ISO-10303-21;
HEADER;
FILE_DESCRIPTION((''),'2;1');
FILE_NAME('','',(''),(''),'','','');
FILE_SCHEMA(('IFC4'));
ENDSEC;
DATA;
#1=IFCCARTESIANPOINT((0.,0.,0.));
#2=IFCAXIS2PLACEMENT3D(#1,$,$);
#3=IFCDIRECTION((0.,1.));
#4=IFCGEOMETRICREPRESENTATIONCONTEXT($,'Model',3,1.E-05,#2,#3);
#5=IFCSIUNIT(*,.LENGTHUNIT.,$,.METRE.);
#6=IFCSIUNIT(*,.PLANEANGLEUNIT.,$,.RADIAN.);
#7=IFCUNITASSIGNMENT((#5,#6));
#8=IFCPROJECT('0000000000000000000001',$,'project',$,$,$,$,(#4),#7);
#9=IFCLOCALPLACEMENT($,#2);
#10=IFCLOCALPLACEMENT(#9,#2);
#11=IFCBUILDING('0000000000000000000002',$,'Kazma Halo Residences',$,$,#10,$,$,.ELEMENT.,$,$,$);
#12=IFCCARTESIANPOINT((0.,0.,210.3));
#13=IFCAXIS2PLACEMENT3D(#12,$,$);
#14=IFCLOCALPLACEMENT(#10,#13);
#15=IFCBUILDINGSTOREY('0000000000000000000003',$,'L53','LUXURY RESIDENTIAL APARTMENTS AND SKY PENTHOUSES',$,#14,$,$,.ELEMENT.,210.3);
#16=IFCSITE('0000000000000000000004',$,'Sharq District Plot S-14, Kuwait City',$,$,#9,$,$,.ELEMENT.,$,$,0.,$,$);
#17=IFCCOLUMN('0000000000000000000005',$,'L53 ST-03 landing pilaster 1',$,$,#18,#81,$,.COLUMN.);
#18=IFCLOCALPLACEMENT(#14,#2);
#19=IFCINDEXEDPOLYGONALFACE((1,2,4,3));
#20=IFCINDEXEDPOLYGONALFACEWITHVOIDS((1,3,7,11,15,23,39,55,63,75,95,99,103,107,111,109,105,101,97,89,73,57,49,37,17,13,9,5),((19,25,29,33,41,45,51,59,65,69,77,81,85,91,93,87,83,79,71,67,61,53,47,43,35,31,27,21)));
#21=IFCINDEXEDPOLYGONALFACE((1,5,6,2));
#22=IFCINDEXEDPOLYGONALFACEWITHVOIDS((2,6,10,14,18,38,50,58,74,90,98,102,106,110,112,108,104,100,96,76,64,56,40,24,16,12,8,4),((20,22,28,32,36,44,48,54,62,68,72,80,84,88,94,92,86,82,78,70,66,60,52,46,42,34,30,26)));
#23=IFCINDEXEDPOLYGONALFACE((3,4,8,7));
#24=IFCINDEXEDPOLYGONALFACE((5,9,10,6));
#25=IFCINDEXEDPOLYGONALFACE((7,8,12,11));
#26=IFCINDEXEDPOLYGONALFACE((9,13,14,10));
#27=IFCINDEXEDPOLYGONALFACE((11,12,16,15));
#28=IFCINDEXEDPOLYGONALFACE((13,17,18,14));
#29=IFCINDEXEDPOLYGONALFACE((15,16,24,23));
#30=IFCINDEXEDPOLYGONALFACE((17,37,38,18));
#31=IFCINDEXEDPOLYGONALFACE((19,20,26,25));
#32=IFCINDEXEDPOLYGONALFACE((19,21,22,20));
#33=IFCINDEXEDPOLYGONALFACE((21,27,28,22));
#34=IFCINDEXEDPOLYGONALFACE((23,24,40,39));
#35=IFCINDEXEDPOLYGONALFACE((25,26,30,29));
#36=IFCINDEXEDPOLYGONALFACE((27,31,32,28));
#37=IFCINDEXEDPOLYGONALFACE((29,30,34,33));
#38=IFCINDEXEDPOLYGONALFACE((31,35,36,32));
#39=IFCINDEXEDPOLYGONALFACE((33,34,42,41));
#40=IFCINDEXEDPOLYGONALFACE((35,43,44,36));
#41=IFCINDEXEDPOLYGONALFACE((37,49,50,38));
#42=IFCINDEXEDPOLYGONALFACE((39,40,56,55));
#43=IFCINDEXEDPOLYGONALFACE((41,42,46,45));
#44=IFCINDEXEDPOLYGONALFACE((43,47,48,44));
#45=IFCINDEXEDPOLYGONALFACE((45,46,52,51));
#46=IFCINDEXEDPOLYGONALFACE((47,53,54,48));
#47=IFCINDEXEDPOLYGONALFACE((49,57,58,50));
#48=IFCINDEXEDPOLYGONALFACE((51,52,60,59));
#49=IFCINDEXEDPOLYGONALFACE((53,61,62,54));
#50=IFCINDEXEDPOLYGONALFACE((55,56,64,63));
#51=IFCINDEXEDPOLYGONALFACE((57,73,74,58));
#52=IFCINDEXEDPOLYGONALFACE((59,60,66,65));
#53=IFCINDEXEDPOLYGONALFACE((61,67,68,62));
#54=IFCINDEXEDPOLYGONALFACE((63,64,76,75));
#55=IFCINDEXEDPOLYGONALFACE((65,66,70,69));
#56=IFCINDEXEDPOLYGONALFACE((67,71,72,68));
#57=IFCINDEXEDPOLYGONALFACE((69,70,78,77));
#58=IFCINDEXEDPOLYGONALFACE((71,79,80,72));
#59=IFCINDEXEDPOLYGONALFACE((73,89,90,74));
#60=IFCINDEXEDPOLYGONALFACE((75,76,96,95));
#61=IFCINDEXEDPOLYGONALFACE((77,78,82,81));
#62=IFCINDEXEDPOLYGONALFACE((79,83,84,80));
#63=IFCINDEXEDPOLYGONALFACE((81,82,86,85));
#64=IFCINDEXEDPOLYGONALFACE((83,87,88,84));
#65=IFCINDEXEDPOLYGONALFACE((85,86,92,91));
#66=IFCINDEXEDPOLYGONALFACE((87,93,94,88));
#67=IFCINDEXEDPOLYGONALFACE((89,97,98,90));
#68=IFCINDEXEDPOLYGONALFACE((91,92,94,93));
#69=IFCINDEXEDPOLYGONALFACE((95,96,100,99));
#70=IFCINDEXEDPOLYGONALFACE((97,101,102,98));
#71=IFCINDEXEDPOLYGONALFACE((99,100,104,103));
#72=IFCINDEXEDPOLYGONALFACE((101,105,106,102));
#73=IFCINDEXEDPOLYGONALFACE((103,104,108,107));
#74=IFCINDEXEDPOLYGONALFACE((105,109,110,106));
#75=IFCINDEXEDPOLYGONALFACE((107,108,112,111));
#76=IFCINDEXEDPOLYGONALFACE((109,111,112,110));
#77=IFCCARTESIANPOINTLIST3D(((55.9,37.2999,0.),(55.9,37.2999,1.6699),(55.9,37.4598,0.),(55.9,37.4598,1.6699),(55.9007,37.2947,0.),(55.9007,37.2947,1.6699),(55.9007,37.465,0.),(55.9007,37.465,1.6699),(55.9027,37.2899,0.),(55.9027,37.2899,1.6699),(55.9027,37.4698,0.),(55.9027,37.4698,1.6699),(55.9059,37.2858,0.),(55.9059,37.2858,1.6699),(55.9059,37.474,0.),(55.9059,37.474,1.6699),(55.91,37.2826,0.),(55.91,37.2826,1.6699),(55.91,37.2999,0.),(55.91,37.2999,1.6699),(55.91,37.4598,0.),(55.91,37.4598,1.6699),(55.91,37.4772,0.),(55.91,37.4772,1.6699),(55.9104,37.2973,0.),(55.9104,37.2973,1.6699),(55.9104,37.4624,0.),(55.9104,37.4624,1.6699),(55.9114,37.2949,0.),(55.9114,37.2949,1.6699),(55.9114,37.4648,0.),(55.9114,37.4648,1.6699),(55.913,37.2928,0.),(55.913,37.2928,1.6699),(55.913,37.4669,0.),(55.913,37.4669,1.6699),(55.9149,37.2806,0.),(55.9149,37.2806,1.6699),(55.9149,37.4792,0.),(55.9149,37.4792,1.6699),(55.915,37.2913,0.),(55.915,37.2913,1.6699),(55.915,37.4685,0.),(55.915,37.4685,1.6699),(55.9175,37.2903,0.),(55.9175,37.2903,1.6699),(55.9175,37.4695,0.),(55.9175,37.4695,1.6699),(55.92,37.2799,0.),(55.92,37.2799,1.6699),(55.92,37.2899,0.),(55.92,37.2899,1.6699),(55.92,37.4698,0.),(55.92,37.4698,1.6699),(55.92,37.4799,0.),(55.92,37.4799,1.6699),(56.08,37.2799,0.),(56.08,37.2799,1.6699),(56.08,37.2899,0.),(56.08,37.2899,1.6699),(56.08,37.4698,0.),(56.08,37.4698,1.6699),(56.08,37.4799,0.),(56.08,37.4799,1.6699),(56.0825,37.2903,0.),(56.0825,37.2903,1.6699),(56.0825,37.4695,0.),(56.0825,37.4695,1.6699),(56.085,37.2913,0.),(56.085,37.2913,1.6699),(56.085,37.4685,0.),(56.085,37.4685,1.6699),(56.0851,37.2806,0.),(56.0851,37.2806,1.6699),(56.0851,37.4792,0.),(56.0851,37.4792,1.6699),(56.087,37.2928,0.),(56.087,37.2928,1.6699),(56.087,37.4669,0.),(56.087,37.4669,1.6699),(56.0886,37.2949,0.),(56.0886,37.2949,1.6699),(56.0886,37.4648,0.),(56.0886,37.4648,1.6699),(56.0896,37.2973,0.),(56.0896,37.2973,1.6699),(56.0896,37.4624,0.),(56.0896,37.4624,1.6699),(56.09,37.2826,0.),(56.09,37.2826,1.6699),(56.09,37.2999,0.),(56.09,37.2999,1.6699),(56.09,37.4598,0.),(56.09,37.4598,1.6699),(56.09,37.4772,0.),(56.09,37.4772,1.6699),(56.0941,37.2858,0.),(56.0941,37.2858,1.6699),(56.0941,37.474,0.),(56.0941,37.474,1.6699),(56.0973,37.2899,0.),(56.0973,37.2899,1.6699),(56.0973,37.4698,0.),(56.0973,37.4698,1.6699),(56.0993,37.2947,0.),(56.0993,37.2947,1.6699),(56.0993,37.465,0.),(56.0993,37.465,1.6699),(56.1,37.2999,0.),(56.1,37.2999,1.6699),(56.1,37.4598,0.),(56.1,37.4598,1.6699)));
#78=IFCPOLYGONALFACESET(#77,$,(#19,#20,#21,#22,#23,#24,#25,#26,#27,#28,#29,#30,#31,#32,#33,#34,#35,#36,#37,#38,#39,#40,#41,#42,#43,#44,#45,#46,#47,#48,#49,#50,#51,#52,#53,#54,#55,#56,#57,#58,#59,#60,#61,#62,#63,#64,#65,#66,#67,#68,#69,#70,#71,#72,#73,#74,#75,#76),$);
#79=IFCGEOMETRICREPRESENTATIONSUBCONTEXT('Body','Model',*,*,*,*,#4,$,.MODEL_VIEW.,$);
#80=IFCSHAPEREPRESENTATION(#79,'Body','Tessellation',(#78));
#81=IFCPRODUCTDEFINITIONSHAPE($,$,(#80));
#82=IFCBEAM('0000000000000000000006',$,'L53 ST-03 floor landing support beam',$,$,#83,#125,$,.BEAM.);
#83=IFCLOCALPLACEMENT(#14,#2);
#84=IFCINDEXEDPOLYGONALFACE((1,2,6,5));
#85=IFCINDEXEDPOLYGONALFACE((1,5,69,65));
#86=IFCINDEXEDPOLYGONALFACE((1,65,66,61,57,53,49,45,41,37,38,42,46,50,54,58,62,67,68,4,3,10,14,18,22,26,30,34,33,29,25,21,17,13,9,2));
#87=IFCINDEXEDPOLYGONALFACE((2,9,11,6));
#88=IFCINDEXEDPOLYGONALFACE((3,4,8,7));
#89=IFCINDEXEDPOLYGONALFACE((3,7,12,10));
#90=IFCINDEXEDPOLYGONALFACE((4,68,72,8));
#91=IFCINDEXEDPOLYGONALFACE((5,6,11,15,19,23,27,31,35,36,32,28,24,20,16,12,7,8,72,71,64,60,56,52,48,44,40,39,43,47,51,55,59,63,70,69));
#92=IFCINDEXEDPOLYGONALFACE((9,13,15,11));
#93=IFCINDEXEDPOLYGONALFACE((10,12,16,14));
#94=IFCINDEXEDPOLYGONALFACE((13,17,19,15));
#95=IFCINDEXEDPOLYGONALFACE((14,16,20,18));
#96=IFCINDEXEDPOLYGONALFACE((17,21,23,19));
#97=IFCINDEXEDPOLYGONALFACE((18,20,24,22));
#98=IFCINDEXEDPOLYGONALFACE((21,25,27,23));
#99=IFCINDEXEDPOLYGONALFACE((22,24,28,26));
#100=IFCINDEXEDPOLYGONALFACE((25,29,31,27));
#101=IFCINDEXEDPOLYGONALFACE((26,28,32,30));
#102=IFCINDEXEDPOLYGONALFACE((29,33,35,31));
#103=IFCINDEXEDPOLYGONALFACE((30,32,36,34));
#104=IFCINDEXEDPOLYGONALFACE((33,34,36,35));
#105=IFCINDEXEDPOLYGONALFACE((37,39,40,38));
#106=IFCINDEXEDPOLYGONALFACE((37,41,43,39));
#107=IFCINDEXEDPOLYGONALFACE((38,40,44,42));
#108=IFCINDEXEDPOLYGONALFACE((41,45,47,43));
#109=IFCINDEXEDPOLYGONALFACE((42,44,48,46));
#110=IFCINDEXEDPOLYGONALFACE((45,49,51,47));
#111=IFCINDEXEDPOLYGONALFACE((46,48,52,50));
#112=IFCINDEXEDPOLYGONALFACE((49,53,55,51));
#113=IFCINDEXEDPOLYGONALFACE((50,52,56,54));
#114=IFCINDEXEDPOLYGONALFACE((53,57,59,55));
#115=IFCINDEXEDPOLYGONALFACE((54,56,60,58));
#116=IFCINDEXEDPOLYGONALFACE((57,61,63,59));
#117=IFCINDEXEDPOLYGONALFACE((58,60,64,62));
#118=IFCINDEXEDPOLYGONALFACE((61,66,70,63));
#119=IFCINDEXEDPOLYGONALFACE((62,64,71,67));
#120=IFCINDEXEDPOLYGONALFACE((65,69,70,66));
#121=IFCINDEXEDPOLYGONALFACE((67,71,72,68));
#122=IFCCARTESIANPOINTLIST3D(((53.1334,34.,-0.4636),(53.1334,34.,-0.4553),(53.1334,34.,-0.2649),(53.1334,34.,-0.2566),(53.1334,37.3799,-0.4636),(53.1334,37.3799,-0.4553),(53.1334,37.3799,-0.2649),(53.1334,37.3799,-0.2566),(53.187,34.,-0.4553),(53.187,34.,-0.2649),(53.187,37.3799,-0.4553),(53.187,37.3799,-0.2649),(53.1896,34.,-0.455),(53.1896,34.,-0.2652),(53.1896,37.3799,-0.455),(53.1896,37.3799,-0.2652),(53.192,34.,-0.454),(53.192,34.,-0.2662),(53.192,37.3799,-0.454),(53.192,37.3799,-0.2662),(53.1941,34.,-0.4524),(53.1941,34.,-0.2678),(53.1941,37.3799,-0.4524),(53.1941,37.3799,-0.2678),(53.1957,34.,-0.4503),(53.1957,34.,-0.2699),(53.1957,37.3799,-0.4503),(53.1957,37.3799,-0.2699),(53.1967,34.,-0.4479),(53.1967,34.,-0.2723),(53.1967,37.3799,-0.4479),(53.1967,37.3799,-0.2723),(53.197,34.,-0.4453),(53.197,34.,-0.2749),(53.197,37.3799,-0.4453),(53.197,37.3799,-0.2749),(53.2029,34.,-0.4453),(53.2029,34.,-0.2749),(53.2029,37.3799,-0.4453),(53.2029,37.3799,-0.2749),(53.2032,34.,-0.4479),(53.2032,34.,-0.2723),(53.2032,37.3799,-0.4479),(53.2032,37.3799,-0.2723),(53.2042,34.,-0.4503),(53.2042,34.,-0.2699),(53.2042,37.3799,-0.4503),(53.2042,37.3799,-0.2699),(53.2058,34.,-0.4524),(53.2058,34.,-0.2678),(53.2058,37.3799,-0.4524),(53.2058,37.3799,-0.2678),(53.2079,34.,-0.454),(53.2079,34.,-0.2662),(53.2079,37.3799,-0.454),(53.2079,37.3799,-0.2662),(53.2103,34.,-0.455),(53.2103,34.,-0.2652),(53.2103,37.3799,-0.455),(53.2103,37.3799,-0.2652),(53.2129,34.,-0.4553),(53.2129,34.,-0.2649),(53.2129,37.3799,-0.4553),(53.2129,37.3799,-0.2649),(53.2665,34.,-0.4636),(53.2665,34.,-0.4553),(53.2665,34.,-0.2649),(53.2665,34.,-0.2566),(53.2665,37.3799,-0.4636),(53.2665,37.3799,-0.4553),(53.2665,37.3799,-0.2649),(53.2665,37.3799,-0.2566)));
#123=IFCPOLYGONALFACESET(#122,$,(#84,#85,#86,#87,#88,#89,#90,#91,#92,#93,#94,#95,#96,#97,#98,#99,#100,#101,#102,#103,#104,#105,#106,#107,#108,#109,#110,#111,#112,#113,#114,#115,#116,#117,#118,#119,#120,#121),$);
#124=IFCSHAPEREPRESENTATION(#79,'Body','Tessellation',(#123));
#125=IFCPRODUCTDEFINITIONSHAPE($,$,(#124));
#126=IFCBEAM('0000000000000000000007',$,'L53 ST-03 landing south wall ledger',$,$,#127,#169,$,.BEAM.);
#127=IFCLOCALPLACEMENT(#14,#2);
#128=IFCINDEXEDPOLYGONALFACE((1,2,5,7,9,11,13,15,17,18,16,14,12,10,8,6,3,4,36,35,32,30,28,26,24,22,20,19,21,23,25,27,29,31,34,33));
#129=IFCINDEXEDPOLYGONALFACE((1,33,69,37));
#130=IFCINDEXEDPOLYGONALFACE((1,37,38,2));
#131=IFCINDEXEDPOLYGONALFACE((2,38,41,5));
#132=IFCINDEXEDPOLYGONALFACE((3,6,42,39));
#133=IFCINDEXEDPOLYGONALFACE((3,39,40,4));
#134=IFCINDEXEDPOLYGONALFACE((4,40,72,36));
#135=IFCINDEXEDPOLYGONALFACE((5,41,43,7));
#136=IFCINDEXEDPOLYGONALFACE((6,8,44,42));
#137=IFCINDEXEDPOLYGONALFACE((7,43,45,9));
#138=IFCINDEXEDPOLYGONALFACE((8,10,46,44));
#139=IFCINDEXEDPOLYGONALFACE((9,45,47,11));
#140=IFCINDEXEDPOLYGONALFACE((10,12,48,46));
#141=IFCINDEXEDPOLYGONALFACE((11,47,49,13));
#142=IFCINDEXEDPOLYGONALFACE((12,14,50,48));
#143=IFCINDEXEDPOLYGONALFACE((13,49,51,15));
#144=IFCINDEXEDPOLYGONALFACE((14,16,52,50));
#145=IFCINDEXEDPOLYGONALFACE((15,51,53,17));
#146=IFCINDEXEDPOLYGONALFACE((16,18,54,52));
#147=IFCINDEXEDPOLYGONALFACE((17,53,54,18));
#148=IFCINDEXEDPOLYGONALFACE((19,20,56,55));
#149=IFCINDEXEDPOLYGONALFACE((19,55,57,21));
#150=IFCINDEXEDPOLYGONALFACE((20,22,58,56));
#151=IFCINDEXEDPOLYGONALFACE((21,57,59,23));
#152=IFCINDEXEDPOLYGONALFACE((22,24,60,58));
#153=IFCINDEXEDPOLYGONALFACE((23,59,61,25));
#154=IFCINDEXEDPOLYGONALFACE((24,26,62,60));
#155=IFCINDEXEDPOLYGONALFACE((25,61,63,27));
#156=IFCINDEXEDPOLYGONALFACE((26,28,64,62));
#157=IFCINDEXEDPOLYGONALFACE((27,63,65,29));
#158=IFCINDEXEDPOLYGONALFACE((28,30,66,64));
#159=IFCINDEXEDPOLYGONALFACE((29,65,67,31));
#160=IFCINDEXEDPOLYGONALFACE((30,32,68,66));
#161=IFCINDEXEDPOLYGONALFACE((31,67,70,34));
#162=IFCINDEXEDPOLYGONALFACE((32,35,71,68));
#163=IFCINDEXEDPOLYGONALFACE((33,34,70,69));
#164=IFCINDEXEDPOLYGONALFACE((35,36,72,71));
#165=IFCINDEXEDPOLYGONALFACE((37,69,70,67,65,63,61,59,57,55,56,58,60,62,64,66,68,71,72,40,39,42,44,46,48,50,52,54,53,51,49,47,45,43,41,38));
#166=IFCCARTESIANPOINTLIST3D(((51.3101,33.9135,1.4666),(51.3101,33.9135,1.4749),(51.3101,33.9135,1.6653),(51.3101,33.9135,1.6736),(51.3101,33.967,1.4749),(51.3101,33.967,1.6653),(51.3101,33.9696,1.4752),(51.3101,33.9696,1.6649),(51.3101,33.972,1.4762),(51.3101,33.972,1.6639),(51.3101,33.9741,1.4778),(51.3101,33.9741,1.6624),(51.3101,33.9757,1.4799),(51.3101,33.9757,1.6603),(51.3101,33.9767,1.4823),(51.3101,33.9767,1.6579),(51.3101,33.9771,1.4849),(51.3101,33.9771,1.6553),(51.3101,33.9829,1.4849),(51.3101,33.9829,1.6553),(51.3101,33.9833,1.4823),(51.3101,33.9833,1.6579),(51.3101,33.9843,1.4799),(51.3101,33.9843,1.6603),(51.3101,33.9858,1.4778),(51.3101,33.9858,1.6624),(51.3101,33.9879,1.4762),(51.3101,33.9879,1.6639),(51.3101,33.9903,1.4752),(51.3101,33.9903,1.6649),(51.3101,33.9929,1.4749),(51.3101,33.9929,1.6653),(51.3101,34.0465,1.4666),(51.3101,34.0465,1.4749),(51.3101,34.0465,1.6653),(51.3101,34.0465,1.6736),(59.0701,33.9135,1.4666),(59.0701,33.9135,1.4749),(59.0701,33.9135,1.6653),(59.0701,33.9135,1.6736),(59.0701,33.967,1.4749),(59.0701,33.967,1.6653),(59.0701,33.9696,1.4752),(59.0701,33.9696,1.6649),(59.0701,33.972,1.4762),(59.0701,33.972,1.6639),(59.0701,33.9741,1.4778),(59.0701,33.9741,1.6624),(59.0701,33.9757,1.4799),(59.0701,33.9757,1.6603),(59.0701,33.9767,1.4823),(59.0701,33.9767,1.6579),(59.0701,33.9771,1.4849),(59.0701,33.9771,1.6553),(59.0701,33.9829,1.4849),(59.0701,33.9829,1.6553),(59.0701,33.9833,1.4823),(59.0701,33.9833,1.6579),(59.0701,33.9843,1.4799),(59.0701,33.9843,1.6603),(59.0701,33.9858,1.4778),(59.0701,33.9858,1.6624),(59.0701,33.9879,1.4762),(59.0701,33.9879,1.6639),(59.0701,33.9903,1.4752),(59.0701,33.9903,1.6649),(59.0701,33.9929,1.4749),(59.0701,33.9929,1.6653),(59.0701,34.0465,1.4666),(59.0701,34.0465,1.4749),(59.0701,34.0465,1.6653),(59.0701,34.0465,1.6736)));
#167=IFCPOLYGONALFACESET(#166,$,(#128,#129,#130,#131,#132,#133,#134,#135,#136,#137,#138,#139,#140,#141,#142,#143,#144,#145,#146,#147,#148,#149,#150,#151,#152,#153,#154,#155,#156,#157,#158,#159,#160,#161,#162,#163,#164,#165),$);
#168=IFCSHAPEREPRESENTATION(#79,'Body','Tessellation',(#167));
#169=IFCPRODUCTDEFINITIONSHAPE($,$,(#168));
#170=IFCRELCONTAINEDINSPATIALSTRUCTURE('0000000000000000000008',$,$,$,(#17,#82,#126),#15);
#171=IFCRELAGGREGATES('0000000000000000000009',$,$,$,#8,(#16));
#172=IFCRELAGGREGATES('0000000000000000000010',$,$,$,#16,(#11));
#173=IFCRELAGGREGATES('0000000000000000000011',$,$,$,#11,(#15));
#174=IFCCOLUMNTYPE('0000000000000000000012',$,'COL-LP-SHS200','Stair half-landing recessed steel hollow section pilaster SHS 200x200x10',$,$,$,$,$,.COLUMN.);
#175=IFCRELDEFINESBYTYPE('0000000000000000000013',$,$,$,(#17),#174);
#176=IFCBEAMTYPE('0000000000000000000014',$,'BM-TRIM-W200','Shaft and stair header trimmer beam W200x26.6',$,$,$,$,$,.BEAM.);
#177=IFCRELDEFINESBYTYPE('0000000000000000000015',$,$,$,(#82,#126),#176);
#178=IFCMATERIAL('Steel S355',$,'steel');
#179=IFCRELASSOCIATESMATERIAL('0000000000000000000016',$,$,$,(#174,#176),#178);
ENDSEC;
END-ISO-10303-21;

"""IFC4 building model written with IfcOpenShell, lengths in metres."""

from ifc_helpers import new_model, si_unit, direction, frame, origin, origin_2d, place, context, subcontext, project, spatial, hollow_rectangle, i_section, extrude, material, material_profile, profile_set, type_object, element, save


model = new_model("IFC4")

# Units and contexts
model_context = context("Model", 3, precision=1e-05, world=origin(), true_north=direction((0.0, 1.0)))
body_context = subcontext(model_context, "Body", "Model", "MODEL_VIEW")
ifc_project = project(units=[si_unit("LENGTHUNIT", "METRE"), si_unit("PLANEANGLEUNIT", "RADIAN")], contexts=[model_context])

# Site, building, storey
site_placement = place(None, origin())
site = spatial("IfcSite", under=ifc_project, at=site_placement, Name="Sharq District Plot S-14, Kuwait City", CompositionType="ELEMENT", RefElevation=0.0)
building_placement = place(site_placement, origin())
building = spatial("IfcBuilding", under=site, at=building_placement, Name="Kazma Halo Residences", CompositionType="ELEMENT")
storey_placement = place(building_placement, frame((0.0, 0.0, 210.3)))
storey = spatial("IfcBuildingStorey", under=building, at=storey_placement, Name="L53", Description="LUXURY RESIDENTIAL APARTMENTS AND SKY PENTHOUSES", CompositionType="ELEMENT", Elevation=210.3)

# Column
ifc_material_1 = material(Name="Steel S355", Category="steel")
ifc_material_profile_1 = material_profile(ifc_material_1, hollow_rectangle(XDim=0.2, YDim=0.2, WallThickness=0.01, InnerFilletRadius=0.01, OuterFilletRadius=0.02, at=origin_2d()), Name="SHS200x200x10")
ifc_profile_set_1 = profile_set([ifc_material_profile_1], Name="Steel S355")
column_type = type_object("IfcColumnType", Name="COL-LP-SHS200", Description="Stair half-landing recessed steel hollow section pilaster SHS 200x200x10", PredefinedType="COLUMN", material=ifc_profile_set_1)
column_placement = place(storey_placement, frame((56.0, 37.3799, 0.0), z_axis=(0.0, 0.0, 1.0), x_axis=(1.0, 0.0, 0.0)))
element("IfcColumn", 1, at=column_placement, inside=storey, type_object=column_type, Name="L53 ST-03 landing pilaster 1", PredefinedType="COLUMN", context=body_context, shape_type="SweptSolid", body=[
    extrude(hollow_rectangle(XDim=0.2, YDim=0.2, WallThickness=0.01, InnerFilletRadius=0.01, OuterFilletRadius=0.02, at=origin_2d()), origin(), (0.0, 0.0, 1.0), 1.6699),
])

# Beams
ifc_material_profile_2 = material_profile(ifc_material_1, i_section(OverallWidth=0.1331, OverallDepth=0.207, WebThickness=0.0059, FlangeThickness=0.0083, FilletRadius=0.01, at=origin_2d()), Name="W200x26.6")
ifc_profile_set_2 = profile_set([ifc_material_profile_2], Name="Steel S355")
beam_type = type_object("IfcBeamType", Name="BM-TRIM-W200", Description="Shaft and stair header trimmer beam W200x26.6", PredefinedType="BEAM", material=ifc_profile_set_2)
beam_1_placement = place(storey_placement, frame((53.2, 34.0, -0.3601), z_axis=(0.0, 1.0, 0.0), x_axis=(-1.0, 0.0, 0.0)))
element("IfcBeam", 2, at=beam_1_placement, inside=storey, type_object=beam_type, Name="L53 ST-03 floor landing support beam", PredefinedType="BEAM", context=body_context, shape_type="SweptSolid", body=[
    extrude(i_section(OverallWidth=0.1331, OverallDepth=0.207, WebThickness=0.0059, FlangeThickness=0.0083, FilletRadius=0.01, at=origin_2d()), origin(), (0.0, 0.0, 1.0), 3.3799),
])
beam_2_placement = place(storey_placement, frame((51.3101, 33.98, 1.5701), z_axis=(1.0, 0.0, 0.0), x_axis=(0.0, 1.0, 0.0)))
element("IfcBeam", 3, at=beam_2_placement, inside=storey, type_object=beam_type, Name="L53 ST-03 landing south wall ledger", PredefinedType="BEAM", context=body_context, shape_type="SweptSolid", body=[
    extrude(i_section(OverallWidth=0.1331, OverallDepth=0.207, WebThickness=0.0059, FlangeThickness=0.0083, FilletRadius=0.01, at=origin_2d()), origin(), (0.0, 0.0, 1.0), 7.76),
])

save(model, "model.ifc")
